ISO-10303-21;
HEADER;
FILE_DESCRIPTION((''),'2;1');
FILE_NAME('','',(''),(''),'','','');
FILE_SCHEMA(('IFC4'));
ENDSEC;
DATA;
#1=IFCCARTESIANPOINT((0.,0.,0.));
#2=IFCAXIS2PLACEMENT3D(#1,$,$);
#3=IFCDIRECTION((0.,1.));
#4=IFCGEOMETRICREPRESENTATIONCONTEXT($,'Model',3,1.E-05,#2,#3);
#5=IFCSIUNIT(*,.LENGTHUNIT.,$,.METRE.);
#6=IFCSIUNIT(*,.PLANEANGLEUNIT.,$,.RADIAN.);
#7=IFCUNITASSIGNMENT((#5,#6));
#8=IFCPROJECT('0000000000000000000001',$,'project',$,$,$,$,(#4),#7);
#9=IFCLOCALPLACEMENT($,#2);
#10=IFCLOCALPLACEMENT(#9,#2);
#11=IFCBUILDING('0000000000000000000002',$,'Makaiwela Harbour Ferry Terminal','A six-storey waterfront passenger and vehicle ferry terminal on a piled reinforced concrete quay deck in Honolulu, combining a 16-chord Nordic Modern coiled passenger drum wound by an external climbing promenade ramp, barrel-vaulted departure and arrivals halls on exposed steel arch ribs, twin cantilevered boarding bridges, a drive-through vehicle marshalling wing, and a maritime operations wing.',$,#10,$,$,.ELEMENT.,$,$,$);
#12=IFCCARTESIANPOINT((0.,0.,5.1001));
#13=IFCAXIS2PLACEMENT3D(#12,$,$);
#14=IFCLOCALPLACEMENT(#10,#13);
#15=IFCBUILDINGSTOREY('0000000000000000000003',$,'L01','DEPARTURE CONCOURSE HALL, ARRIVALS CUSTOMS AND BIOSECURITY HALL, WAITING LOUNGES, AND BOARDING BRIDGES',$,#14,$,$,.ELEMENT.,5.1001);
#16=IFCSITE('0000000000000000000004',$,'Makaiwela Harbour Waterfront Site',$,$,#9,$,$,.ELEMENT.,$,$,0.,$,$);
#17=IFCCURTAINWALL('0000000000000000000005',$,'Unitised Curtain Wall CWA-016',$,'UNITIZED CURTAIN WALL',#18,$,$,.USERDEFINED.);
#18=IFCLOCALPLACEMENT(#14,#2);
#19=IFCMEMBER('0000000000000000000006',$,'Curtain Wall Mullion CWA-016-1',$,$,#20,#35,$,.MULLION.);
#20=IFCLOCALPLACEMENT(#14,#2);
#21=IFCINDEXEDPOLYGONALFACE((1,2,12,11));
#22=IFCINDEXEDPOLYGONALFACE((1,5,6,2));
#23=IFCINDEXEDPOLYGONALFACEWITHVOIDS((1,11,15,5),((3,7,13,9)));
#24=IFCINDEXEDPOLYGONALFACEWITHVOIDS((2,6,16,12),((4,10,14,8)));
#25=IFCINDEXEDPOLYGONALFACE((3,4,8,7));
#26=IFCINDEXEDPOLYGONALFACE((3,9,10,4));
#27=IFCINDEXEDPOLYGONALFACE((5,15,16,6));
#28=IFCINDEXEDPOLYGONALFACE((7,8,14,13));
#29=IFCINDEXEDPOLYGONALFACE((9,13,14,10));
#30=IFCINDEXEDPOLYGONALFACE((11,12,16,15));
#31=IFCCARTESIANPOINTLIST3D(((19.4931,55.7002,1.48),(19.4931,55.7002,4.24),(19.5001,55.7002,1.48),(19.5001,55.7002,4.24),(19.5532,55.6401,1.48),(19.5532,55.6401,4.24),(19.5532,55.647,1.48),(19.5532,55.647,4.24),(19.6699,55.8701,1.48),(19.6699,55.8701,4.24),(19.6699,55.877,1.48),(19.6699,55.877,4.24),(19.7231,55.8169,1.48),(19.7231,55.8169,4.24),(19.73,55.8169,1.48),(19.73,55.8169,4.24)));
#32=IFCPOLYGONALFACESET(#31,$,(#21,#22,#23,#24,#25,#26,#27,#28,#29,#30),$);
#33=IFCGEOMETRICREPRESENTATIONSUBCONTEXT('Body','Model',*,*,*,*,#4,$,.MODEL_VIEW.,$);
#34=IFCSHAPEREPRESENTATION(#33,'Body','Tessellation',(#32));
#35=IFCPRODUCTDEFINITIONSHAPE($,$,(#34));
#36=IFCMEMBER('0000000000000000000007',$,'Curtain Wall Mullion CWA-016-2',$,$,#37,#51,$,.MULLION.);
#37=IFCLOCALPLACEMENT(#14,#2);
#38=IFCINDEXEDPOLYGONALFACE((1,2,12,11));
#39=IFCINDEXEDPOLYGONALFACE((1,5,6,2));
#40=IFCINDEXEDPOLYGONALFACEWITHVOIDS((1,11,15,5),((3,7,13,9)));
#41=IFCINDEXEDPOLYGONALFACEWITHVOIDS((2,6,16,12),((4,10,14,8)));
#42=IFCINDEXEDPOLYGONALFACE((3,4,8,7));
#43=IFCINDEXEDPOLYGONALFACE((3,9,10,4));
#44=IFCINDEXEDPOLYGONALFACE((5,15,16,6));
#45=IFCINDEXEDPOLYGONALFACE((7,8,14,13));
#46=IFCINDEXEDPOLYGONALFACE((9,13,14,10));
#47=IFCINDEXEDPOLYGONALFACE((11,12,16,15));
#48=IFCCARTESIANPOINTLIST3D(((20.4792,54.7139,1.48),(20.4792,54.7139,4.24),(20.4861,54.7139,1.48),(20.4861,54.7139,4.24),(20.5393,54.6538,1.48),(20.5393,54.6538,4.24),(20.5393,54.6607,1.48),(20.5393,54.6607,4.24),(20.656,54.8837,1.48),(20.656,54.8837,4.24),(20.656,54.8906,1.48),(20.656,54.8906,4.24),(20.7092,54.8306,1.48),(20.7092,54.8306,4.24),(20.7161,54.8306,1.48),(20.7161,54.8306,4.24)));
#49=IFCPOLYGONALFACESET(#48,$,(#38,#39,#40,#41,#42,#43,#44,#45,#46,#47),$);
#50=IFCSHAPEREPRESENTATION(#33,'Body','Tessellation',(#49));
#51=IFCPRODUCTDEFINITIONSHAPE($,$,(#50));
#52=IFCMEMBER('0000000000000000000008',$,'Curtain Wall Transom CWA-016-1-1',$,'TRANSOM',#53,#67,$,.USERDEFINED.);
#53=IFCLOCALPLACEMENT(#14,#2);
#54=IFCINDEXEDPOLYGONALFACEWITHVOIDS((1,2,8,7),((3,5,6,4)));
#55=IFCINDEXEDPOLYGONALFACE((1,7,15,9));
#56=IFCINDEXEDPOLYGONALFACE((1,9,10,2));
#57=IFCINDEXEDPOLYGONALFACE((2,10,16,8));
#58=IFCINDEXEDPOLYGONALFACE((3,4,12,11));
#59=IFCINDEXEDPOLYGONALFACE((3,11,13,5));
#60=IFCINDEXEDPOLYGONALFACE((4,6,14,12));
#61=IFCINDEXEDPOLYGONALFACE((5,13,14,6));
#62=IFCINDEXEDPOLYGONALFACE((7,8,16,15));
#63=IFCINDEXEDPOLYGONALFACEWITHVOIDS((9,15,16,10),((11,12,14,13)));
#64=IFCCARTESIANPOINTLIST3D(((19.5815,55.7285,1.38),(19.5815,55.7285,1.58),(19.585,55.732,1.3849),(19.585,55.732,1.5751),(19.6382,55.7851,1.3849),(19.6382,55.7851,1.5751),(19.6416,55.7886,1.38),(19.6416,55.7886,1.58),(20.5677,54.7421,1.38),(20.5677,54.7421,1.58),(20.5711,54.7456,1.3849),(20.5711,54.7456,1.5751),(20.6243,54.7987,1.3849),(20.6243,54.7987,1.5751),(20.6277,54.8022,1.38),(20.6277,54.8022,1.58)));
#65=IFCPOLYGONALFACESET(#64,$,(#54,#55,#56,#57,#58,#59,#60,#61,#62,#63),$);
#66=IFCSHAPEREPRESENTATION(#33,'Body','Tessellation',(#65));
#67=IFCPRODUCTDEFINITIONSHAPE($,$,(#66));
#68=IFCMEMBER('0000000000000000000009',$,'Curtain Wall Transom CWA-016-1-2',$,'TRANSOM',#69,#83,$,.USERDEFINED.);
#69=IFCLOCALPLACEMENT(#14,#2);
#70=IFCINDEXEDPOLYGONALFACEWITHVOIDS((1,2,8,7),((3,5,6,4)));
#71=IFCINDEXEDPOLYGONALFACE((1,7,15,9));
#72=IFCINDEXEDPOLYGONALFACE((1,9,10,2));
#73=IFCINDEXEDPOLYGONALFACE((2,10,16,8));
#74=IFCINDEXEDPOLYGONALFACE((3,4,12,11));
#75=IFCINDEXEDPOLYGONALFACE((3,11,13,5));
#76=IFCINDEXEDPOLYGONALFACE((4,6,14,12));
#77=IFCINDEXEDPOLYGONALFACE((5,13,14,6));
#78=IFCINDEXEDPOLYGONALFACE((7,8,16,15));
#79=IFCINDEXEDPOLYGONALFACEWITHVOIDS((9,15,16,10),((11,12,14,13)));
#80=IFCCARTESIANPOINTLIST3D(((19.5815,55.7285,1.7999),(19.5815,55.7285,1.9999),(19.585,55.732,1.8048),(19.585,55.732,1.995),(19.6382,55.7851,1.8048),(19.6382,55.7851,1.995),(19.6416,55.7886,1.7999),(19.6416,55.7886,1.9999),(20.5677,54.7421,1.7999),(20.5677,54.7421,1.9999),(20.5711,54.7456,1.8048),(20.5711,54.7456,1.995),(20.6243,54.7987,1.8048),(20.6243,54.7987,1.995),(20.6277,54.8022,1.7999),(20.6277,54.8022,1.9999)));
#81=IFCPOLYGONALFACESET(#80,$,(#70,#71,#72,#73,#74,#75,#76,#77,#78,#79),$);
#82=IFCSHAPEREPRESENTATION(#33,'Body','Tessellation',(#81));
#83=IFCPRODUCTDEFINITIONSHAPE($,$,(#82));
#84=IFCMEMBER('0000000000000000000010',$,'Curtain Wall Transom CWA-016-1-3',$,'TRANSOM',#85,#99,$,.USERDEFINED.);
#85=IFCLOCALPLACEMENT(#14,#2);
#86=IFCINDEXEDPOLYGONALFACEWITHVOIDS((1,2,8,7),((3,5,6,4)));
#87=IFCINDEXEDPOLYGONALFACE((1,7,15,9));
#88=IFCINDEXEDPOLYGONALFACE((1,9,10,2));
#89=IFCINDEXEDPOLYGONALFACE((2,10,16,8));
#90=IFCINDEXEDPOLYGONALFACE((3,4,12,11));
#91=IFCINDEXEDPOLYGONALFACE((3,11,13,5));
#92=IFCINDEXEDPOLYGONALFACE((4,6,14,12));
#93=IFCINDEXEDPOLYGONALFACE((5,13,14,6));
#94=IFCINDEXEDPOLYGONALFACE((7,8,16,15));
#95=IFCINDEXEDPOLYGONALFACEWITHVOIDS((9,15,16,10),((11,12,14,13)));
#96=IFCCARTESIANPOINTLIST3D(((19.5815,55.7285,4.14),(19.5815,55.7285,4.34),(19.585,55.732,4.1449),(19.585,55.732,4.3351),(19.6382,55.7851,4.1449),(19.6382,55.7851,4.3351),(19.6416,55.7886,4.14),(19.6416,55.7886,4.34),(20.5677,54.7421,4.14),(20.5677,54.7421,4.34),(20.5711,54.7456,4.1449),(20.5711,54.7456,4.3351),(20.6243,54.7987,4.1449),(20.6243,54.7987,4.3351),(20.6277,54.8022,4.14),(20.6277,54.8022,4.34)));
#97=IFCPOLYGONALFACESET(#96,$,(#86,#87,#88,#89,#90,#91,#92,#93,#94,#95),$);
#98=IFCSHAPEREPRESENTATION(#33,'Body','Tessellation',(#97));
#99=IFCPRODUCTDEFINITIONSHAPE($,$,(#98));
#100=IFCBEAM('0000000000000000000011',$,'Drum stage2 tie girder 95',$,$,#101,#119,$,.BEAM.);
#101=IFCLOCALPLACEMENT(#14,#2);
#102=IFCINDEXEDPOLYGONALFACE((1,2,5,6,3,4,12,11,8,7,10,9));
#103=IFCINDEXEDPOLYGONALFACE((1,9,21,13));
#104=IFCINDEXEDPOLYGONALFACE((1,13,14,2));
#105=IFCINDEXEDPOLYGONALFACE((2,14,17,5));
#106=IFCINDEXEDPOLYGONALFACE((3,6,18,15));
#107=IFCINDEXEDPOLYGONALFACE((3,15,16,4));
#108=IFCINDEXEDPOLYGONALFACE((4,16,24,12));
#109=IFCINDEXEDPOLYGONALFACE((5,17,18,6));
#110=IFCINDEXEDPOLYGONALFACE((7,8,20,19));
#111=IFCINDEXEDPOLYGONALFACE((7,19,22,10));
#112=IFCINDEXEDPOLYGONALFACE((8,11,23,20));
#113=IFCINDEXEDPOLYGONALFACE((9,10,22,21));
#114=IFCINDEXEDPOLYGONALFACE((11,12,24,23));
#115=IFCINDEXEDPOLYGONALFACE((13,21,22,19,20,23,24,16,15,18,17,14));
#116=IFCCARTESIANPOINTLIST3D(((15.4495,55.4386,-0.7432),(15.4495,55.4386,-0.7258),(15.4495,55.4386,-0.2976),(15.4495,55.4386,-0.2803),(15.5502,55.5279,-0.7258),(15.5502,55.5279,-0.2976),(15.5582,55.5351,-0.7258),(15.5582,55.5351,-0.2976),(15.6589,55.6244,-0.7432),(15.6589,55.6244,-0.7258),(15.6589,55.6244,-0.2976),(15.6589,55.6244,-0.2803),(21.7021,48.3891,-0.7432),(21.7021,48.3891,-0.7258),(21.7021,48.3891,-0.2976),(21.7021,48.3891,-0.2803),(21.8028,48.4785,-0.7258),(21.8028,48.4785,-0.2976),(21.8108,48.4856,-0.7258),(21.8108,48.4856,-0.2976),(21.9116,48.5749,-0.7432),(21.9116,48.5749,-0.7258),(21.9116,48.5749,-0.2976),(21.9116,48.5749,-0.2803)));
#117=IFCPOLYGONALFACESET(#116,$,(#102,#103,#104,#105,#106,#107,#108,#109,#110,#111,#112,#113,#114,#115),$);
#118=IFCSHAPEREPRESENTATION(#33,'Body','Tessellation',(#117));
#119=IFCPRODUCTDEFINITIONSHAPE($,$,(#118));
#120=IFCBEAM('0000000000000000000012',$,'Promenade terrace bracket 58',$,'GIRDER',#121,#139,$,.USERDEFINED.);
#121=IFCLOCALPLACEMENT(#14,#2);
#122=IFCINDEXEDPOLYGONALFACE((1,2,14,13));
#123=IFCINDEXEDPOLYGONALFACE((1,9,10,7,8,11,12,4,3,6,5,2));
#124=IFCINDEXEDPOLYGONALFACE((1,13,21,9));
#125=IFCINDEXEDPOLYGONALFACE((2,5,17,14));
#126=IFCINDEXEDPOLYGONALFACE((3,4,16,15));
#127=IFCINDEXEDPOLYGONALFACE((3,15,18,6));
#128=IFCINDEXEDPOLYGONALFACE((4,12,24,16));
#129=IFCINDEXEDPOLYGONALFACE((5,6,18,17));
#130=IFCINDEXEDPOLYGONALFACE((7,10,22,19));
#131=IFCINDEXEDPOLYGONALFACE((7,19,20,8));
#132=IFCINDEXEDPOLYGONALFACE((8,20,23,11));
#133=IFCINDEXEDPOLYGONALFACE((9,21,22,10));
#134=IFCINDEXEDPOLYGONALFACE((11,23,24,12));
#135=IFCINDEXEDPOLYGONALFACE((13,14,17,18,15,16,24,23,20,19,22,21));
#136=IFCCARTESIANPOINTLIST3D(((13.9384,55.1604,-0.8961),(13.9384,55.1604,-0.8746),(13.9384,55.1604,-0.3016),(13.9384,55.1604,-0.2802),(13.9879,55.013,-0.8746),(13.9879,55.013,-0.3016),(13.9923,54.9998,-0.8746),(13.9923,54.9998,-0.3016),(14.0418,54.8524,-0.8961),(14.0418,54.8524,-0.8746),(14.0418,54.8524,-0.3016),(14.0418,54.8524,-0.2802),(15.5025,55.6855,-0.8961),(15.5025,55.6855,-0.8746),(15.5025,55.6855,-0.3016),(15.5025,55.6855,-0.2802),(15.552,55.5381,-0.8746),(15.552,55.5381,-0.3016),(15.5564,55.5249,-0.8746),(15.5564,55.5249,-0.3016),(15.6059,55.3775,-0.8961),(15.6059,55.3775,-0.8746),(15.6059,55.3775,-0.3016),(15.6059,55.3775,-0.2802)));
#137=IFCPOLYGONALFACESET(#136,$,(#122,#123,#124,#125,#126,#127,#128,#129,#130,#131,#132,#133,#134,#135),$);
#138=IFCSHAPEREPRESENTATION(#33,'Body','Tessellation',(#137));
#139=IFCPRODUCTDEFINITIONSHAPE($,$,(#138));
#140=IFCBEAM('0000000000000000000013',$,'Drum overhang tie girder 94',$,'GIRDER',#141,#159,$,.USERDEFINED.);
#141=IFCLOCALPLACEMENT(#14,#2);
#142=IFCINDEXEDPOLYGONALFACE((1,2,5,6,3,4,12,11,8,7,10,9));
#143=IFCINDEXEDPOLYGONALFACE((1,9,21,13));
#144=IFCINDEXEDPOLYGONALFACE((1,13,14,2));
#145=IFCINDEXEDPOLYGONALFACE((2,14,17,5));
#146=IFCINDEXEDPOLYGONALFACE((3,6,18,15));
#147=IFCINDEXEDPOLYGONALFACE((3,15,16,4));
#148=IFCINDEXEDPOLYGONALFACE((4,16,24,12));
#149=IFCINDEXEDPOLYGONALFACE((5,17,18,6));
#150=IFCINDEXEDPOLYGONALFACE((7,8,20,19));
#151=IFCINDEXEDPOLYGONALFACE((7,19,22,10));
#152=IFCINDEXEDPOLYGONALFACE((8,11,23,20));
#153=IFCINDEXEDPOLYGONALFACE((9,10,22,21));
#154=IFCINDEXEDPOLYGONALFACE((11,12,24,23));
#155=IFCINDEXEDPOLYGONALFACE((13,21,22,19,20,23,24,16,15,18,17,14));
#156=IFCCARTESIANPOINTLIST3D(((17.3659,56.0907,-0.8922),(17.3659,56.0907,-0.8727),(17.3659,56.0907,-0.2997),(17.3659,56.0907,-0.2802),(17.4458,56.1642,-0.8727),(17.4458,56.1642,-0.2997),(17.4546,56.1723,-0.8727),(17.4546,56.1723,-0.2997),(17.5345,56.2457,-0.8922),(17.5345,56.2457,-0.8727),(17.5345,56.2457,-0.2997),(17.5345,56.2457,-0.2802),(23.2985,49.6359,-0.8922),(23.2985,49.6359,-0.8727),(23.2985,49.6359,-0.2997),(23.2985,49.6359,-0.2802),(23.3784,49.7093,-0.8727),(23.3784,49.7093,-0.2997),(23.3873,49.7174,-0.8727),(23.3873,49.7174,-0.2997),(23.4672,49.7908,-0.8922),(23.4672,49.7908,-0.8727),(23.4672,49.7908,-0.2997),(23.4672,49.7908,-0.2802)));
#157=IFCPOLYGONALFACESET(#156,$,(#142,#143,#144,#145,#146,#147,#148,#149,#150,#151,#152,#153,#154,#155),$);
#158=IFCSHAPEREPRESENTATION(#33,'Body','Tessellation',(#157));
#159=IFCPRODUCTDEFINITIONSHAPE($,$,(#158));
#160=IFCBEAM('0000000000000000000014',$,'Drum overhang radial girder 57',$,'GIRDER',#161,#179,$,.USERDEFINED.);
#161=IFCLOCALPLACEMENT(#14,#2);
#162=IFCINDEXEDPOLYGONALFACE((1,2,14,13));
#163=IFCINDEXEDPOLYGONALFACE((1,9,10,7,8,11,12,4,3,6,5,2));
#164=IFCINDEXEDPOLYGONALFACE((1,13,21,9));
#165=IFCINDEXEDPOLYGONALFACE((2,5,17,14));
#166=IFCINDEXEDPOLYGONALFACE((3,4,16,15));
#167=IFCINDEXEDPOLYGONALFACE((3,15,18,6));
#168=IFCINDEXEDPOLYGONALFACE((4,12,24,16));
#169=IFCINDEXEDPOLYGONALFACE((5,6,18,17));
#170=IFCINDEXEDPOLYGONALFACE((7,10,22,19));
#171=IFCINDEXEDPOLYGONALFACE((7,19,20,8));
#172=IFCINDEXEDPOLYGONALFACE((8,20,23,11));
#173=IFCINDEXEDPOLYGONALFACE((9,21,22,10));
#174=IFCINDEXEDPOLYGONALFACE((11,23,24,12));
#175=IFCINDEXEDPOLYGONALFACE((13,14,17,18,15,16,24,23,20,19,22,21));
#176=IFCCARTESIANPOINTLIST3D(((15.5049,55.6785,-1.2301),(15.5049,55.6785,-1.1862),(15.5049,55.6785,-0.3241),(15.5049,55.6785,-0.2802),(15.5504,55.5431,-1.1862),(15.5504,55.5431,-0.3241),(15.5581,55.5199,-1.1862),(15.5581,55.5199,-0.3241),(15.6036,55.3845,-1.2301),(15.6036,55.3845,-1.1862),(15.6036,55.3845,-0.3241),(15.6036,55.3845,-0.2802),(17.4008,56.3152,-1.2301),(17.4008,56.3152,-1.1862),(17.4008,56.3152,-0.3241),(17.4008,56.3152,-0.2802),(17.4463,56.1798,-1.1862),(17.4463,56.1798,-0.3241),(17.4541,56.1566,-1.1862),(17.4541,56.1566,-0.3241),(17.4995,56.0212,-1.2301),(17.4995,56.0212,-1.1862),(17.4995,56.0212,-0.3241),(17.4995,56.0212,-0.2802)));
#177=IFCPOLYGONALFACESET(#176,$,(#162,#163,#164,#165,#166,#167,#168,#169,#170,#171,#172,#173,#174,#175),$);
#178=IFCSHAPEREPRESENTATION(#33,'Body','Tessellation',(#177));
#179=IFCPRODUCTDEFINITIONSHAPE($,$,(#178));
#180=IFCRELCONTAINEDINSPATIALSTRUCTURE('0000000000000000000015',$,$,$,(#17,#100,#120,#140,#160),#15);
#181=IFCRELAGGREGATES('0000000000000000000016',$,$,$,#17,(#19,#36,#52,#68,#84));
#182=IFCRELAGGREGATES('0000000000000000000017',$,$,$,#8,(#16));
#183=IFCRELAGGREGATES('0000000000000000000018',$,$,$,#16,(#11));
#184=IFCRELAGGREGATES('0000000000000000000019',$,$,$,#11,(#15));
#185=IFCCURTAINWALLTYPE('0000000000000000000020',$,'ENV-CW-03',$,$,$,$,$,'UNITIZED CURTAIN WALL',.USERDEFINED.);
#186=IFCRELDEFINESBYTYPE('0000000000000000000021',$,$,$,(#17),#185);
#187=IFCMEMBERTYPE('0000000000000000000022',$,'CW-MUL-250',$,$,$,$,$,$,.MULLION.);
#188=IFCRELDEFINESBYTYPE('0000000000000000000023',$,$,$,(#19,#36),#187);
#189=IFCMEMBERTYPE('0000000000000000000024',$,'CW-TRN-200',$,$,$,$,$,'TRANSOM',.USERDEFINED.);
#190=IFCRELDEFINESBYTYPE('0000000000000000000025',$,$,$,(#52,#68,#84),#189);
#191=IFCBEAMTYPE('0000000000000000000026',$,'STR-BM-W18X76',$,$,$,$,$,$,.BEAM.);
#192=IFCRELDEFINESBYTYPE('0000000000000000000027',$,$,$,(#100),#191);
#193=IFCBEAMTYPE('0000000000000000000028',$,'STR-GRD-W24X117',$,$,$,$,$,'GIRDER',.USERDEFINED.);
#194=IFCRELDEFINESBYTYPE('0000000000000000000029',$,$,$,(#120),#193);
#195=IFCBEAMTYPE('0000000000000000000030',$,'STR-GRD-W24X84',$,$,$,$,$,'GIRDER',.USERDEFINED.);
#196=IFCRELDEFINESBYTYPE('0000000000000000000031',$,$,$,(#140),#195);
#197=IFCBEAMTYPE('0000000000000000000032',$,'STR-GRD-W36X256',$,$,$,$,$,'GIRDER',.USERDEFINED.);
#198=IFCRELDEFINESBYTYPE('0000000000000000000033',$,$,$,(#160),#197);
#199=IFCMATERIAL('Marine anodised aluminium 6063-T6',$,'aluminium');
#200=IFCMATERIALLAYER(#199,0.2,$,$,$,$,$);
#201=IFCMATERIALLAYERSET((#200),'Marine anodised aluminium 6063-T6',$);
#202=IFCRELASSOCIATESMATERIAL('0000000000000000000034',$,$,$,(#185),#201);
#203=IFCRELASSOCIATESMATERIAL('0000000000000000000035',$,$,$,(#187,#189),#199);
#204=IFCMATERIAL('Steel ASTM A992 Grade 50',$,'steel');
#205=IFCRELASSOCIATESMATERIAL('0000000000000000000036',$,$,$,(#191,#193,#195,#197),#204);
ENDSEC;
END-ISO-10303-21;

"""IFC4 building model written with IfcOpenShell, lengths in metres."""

from ifc_helpers import new_model, si_unit, direction, frame, origin, origin_2d, place, context, subcontext, project, spatial, hollow_rectangle, i_section, extrude, material, layer, layer_set, material_profile, profile_set, type_object, element, aggregate, save


model = new_model("IFC4")

# Units and contexts
model_context = context("Model", 3, precision=1e-05, world=origin(), true_north=direction((0.0, 1.0)))
body_context = subcontext(model_context, "Body", "Model", "MODEL_VIEW")
ifc_project = project(units=[si_unit("LENGTHUNIT", "METRE"), si_unit("PLANEANGLEUNIT", "RADIAN")], contexts=[model_context])

# Site, building, storey
site_placement = place(None, origin())
site = spatial("IfcSite", under=ifc_project, at=site_placement, Name="Makaiwela Harbour Waterfront Site", CompositionType="ELEMENT", RefElevation=0.0)
building_placement = place(site_placement, origin())
building = spatial("IfcBuilding", under=site, at=building_placement, Name="Makaiwela Harbour Ferry Terminal", Description="A six-storey waterfront passenger and vehicle ferry terminal on a piled reinforced concrete quay deck in Honolulu, combining a 16-chord Nordic Modern coiled passenger drum wound by an external climbing promenade ramp, barrel-vaulted departure and arrivals halls on exposed steel arch ribs, twin cantilevered boarding bridges, a drive-through vehicle marshalling wing, and a maritime operations wing.", CompositionType="ELEMENT")
storey_placement = place(building_placement, frame((0.0, 0.0, 5.1001)))
storey = spatial("IfcBuildingStorey", under=building, at=storey_placement, Name="L01", Description="DEPARTURE CONCOURSE HALL, ARRIVALS CUSTOMS AND BIOSECURITY HALL, WAITING LOUNGES, AND BOARDING BRIDGES", CompositionType="ELEMENT", Elevation=5.1001)

# Curtain wall, members
ifc_material_1 = material(Name="Marine anodised aluminium 6063-T6", Category="aluminium")
ifc_layer_1 = layer(ifc_material_1, 0.2)
ifc_layer_set_1 = layer_set([ifc_layer_1], Name="Marine anodised aluminium 6063-T6")
curtain_wall_type = type_object("IfcCurtainWallType", Name="ENV-CW-03", ElementType="UNITIZED CURTAIN WALL", PredefinedType="USERDEFINED", material=ifc_layer_set_1)
curtain_wall_placement = place(storey_placement, origin())
curtain_wall = element("IfcCurtainWall", 1, at=curtain_wall_placement, inside=storey, type_object=curtain_wall_type, Name="Unitised Curtain Wall CWA-016", ObjectType="UNITIZED CURTAIN WALL", PredefinedType="USERDEFINED")
ifc_material_profile_1 = material_profile(ifc_material_1, hollow_rectangle(XDim=0.085, YDim=0.25, WallThickness=0.0049, at=origin_2d()), Name="CWM-250X85")
ifc_profile_set_1 = profile_set([ifc_material_profile_1], Name="Marine anodised aluminium 6063-T6")
member_type_1 = type_object("IfcMemberType", Name="CW-MUL-250", PredefinedType="MULLION", material=ifc_profile_set_1)
member_1_placement = place(storey_placement, frame((19.6116, 55.7585, 1.48), z_axis=(0.0, 0.0, 1.0), x_axis=(-0.707107, 0.707107, 0.0)))
member_1 = element("IfcMember", 2, at=member_1_placement, type_object=member_type_1, Name="Curtain Wall Mullion CWA-016-1", PredefinedType="MULLION", context=body_context, shape_type="SweptSolid", body=[
    extrude(hollow_rectangle(XDim=0.085, YDim=0.25, WallThickness=0.0049, at=origin_2d()), origin(), (0.0, 0.0, 1.0), 2.76),
])
member_2_placement = place(storey_placement, frame((20.5977, 54.7722, 1.48), z_axis=(0.0, 0.0, 1.0), x_axis=(-0.707107, 0.707107, 0.0)))
member_2 = element("IfcMember", 3, at=member_2_placement, type_object=member_type_1, Name="Curtain Wall Mullion CWA-016-2", PredefinedType="MULLION", context=body_context, shape_type="SweptSolid", body=[
    extrude(hollow_rectangle(XDim=0.085, YDim=0.25, WallThickness=0.0049, at=origin_2d()), origin(), (0.0, 0.0, 1.0), 2.76),
])
ifc_material_profile_2 = material_profile(ifc_material_1, hollow_rectangle(XDim=0.085, YDim=0.2, WallThickness=0.0049, at=origin_2d()), Name="CWT-200X85")
ifc_profile_set_2 = profile_set([ifc_material_profile_2], Name="Marine anodised aluminium 6063-T6")
member_type_2 = type_object("IfcMemberType", Name="CW-TRN-200", ElementType="TRANSOM", PredefinedType="USERDEFINED", material=ifc_profile_set_2)
member_3_placement = place(storey_placement, frame((19.6116, 55.7585, 1.48), z_axis=(0.707019, -0.707194, 0.0), x_axis=(0.707194, 0.707019, 0.0)))
member_3 = element("IfcMember", 4, at=member_3_placement, type_object=member_type_2, Name="Curtain Wall Transom CWA-016-1-1", ObjectType="TRANSOM", PredefinedType="USERDEFINED", context=body_context, shape_type="SweptSolid", body=[
    extrude(hollow_rectangle(XDim=0.085, YDim=0.2, WallThickness=0.0049, at=origin_2d()), origin(), (0.0, 0.0, 1.0), 1.3948),
])
member_4_placement = place(storey_placement, frame((19.6116, 55.7585, 1.8999), z_axis=(0.707019, -0.707194, 0.0), x_axis=(0.707194, 0.707019, 0.0)))
member_4 = element("IfcMember", 5, at=member_4_placement, type_object=member_type_2, Name="Curtain Wall Transom CWA-016-1-2", ObjectType="TRANSOM", PredefinedType="USERDEFINED", context=body_context, shape_type="SweptSolid", body=[
    extrude(hollow_rectangle(XDim=0.085, YDim=0.2, WallThickness=0.0049, at=origin_2d()), origin(), (0.0, 0.0, 1.0), 1.3948),
])
member_5_placement = place(storey_placement, frame((19.6116, 55.7585, 4.24), z_axis=(0.707019, -0.707194, 0.0), x_axis=(0.707194, 0.707019, 0.0)))
member_5 = element("IfcMember", 6, at=member_5_placement, type_object=member_type_2, Name="Curtain Wall Transom CWA-016-1-3", ObjectType="TRANSOM", PredefinedType="USERDEFINED", context=body_context, shape_type="SweptSolid", body=[
    extrude(hollow_rectangle(XDim=0.085, YDim=0.2, WallThickness=0.0049, at=origin_2d()), origin(), (0.0, 0.0, 1.0), 1.3948),
])

# Beams
ifc_material_2 = material(Name="Steel ASTM A992 Grade 50", Category="steel")
ifc_material_profile_3 = material_profile(ifc_material_2, i_section(OverallWidth=0.28, OverallDepth=0.4629, WebThickness=0.0107, FlangeThickness=0.0173, at=origin_2d()), Name="W18X76")
ifc_profile_set_3 = profile_set([ifc_material_profile_3], Name="Steel ASTM A992 Grade 50")
beam_type_1 = type_object("IfcBeamType", Name="STR-BM-W18X76", PredefinedType="BEAM", material=ifc_profile_set_3)
beam_1_placement = place(storey_placement, frame((15.5542, 55.5315, -0.5117), z_axis=(0.663558, -0.748125, 0.0), x_axis=(0.748125, 0.663558, 0.0)))
element("IfcBeam", 7, at=beam_1_placement, inside=storey, type_object=beam_type_1, Name="Drum stage2 tie girder 95", PredefinedType="BEAM", context=body_context, shape_type="SweptSolid", body=[
    extrude(i_section(OverallWidth=0.28, OverallDepth=0.4629, WebThickness=0.0107, FlangeThickness=0.0173, at=origin_2d()), origin(), (0.0, 0.0, 1.0), 9.4229),
])
ifc_material_profile_4 = material_profile(ifc_material_2, i_section(OverallWidth=0.325, OverallDepth=0.616, WebThickness=0.0139, FlangeThickness=0.0215, at=origin_2d()), Name="W24X117")
ifc_profile_set_4 = profile_set([ifc_material_profile_4], Name="Steel ASTM A992 Grade 50")
beam_type_2 = type_object("IfcBeamType", Name="STR-GRD-W24X117", ElementType="GIRDER", PredefinedType="USERDEFINED", material=ifc_profile_set_4)
beam_2_placement = place(storey_placement, frame((15.5542, 55.5315, -0.5881), z_axis=(-0.948, -0.318269, 0.0), x_axis=(0.318269, -0.948, 0.0)))
element("IfcBeam", 8, at=beam_2_placement, inside=storey, type_object=beam_type_2, Name="Promenade terrace bracket 58", ObjectType="GIRDER", PredefinedType="USERDEFINED", context=body_context, shape_type="SweptSolid", body=[
    extrude(i_section(OverallWidth=0.325, OverallDepth=0.616, WebThickness=0.0139, FlangeThickness=0.0215, at=origin_2d()), origin(), (0.0, 0.0, 1.0), 1.6499),
])
ifc_material_profile_5 = material_profile(ifc_material_2, i_section(OverallWidth=0.229, OverallDepth=0.6121, WebThickness=0.012, FlangeThickness=0.0195, at=origin_2d()), Name="W24X84")
ifc_profile_set_5 = profile_set([ifc_material_profile_5], Name="Steel ASTM A992 Grade 50")
beam_type_3 = type_object("IfcBeamType", Name="STR-GRD-W24X84", ElementType="GIRDER", PredefinedType="USERDEFINED", material=ifc_profile_set_5)
beam_3_placement = place(storey_placement, frame((17.4502, 56.1682, -0.5862), z_axis=(0.676696, -0.736262, 0.0), x_axis=(0.736262, 0.676696, 0.0)))
element("IfcBeam", 9, at=beam_3_placement, inside=storey, type_object=beam_type_3, Name="Drum overhang tie girder 94", ObjectType="GIRDER", PredefinedType="USERDEFINED", context=body_context, shape_type="SweptSolid", body=[
    extrude(i_section(OverallWidth=0.229, OverallDepth=0.6121, WebThickness=0.012, FlangeThickness=0.0195, at=origin_2d()), origin(), (0.0, 0.0, 1.0), 8.7671),
])
ifc_material_profile_6 = material_profile(ifc_material_2, i_section(OverallWidth=0.3101, OverallDepth=0.95, WebThickness=0.0244, FlangeThickness=0.0439, at=origin_2d()), Name="W36X256")
ifc_profile_set_6 = profile_set([ifc_material_profile_6], Name="Steel ASTM A992 Grade 50")
beam_type_4 = type_object("IfcBeamType", Name="STR-GRD-W36X256", ElementType="GIRDER", PredefinedType="USERDEFINED", material=ifc_profile_set_6)
beam_4_placement = place(storey_placement, frame((17.4502, 56.1682, -0.7551), z_axis=(-0.947973, -0.318351, 0.0), x_axis=(0.318351, -0.947973, 0.0)))
element("IfcBeam", 10, at=beam_4_placement, inside=storey, type_object=beam_type_4, Name="Drum overhang radial girder 57", ObjectType="GIRDER", PredefinedType="USERDEFINED", context=body_context, shape_type="SweptSolid", body=[
    extrude(i_section(OverallWidth=0.3101, OverallDepth=0.95, WebThickness=0.0244, FlangeThickness=0.0439, at=origin_2d()), origin(), (0.0, 0.0, 1.0), 2.0),
])

aggregate(curtain_wall, [member_1, member_2, member_3, member_4, member_5])

save(model, "model.ifc")
